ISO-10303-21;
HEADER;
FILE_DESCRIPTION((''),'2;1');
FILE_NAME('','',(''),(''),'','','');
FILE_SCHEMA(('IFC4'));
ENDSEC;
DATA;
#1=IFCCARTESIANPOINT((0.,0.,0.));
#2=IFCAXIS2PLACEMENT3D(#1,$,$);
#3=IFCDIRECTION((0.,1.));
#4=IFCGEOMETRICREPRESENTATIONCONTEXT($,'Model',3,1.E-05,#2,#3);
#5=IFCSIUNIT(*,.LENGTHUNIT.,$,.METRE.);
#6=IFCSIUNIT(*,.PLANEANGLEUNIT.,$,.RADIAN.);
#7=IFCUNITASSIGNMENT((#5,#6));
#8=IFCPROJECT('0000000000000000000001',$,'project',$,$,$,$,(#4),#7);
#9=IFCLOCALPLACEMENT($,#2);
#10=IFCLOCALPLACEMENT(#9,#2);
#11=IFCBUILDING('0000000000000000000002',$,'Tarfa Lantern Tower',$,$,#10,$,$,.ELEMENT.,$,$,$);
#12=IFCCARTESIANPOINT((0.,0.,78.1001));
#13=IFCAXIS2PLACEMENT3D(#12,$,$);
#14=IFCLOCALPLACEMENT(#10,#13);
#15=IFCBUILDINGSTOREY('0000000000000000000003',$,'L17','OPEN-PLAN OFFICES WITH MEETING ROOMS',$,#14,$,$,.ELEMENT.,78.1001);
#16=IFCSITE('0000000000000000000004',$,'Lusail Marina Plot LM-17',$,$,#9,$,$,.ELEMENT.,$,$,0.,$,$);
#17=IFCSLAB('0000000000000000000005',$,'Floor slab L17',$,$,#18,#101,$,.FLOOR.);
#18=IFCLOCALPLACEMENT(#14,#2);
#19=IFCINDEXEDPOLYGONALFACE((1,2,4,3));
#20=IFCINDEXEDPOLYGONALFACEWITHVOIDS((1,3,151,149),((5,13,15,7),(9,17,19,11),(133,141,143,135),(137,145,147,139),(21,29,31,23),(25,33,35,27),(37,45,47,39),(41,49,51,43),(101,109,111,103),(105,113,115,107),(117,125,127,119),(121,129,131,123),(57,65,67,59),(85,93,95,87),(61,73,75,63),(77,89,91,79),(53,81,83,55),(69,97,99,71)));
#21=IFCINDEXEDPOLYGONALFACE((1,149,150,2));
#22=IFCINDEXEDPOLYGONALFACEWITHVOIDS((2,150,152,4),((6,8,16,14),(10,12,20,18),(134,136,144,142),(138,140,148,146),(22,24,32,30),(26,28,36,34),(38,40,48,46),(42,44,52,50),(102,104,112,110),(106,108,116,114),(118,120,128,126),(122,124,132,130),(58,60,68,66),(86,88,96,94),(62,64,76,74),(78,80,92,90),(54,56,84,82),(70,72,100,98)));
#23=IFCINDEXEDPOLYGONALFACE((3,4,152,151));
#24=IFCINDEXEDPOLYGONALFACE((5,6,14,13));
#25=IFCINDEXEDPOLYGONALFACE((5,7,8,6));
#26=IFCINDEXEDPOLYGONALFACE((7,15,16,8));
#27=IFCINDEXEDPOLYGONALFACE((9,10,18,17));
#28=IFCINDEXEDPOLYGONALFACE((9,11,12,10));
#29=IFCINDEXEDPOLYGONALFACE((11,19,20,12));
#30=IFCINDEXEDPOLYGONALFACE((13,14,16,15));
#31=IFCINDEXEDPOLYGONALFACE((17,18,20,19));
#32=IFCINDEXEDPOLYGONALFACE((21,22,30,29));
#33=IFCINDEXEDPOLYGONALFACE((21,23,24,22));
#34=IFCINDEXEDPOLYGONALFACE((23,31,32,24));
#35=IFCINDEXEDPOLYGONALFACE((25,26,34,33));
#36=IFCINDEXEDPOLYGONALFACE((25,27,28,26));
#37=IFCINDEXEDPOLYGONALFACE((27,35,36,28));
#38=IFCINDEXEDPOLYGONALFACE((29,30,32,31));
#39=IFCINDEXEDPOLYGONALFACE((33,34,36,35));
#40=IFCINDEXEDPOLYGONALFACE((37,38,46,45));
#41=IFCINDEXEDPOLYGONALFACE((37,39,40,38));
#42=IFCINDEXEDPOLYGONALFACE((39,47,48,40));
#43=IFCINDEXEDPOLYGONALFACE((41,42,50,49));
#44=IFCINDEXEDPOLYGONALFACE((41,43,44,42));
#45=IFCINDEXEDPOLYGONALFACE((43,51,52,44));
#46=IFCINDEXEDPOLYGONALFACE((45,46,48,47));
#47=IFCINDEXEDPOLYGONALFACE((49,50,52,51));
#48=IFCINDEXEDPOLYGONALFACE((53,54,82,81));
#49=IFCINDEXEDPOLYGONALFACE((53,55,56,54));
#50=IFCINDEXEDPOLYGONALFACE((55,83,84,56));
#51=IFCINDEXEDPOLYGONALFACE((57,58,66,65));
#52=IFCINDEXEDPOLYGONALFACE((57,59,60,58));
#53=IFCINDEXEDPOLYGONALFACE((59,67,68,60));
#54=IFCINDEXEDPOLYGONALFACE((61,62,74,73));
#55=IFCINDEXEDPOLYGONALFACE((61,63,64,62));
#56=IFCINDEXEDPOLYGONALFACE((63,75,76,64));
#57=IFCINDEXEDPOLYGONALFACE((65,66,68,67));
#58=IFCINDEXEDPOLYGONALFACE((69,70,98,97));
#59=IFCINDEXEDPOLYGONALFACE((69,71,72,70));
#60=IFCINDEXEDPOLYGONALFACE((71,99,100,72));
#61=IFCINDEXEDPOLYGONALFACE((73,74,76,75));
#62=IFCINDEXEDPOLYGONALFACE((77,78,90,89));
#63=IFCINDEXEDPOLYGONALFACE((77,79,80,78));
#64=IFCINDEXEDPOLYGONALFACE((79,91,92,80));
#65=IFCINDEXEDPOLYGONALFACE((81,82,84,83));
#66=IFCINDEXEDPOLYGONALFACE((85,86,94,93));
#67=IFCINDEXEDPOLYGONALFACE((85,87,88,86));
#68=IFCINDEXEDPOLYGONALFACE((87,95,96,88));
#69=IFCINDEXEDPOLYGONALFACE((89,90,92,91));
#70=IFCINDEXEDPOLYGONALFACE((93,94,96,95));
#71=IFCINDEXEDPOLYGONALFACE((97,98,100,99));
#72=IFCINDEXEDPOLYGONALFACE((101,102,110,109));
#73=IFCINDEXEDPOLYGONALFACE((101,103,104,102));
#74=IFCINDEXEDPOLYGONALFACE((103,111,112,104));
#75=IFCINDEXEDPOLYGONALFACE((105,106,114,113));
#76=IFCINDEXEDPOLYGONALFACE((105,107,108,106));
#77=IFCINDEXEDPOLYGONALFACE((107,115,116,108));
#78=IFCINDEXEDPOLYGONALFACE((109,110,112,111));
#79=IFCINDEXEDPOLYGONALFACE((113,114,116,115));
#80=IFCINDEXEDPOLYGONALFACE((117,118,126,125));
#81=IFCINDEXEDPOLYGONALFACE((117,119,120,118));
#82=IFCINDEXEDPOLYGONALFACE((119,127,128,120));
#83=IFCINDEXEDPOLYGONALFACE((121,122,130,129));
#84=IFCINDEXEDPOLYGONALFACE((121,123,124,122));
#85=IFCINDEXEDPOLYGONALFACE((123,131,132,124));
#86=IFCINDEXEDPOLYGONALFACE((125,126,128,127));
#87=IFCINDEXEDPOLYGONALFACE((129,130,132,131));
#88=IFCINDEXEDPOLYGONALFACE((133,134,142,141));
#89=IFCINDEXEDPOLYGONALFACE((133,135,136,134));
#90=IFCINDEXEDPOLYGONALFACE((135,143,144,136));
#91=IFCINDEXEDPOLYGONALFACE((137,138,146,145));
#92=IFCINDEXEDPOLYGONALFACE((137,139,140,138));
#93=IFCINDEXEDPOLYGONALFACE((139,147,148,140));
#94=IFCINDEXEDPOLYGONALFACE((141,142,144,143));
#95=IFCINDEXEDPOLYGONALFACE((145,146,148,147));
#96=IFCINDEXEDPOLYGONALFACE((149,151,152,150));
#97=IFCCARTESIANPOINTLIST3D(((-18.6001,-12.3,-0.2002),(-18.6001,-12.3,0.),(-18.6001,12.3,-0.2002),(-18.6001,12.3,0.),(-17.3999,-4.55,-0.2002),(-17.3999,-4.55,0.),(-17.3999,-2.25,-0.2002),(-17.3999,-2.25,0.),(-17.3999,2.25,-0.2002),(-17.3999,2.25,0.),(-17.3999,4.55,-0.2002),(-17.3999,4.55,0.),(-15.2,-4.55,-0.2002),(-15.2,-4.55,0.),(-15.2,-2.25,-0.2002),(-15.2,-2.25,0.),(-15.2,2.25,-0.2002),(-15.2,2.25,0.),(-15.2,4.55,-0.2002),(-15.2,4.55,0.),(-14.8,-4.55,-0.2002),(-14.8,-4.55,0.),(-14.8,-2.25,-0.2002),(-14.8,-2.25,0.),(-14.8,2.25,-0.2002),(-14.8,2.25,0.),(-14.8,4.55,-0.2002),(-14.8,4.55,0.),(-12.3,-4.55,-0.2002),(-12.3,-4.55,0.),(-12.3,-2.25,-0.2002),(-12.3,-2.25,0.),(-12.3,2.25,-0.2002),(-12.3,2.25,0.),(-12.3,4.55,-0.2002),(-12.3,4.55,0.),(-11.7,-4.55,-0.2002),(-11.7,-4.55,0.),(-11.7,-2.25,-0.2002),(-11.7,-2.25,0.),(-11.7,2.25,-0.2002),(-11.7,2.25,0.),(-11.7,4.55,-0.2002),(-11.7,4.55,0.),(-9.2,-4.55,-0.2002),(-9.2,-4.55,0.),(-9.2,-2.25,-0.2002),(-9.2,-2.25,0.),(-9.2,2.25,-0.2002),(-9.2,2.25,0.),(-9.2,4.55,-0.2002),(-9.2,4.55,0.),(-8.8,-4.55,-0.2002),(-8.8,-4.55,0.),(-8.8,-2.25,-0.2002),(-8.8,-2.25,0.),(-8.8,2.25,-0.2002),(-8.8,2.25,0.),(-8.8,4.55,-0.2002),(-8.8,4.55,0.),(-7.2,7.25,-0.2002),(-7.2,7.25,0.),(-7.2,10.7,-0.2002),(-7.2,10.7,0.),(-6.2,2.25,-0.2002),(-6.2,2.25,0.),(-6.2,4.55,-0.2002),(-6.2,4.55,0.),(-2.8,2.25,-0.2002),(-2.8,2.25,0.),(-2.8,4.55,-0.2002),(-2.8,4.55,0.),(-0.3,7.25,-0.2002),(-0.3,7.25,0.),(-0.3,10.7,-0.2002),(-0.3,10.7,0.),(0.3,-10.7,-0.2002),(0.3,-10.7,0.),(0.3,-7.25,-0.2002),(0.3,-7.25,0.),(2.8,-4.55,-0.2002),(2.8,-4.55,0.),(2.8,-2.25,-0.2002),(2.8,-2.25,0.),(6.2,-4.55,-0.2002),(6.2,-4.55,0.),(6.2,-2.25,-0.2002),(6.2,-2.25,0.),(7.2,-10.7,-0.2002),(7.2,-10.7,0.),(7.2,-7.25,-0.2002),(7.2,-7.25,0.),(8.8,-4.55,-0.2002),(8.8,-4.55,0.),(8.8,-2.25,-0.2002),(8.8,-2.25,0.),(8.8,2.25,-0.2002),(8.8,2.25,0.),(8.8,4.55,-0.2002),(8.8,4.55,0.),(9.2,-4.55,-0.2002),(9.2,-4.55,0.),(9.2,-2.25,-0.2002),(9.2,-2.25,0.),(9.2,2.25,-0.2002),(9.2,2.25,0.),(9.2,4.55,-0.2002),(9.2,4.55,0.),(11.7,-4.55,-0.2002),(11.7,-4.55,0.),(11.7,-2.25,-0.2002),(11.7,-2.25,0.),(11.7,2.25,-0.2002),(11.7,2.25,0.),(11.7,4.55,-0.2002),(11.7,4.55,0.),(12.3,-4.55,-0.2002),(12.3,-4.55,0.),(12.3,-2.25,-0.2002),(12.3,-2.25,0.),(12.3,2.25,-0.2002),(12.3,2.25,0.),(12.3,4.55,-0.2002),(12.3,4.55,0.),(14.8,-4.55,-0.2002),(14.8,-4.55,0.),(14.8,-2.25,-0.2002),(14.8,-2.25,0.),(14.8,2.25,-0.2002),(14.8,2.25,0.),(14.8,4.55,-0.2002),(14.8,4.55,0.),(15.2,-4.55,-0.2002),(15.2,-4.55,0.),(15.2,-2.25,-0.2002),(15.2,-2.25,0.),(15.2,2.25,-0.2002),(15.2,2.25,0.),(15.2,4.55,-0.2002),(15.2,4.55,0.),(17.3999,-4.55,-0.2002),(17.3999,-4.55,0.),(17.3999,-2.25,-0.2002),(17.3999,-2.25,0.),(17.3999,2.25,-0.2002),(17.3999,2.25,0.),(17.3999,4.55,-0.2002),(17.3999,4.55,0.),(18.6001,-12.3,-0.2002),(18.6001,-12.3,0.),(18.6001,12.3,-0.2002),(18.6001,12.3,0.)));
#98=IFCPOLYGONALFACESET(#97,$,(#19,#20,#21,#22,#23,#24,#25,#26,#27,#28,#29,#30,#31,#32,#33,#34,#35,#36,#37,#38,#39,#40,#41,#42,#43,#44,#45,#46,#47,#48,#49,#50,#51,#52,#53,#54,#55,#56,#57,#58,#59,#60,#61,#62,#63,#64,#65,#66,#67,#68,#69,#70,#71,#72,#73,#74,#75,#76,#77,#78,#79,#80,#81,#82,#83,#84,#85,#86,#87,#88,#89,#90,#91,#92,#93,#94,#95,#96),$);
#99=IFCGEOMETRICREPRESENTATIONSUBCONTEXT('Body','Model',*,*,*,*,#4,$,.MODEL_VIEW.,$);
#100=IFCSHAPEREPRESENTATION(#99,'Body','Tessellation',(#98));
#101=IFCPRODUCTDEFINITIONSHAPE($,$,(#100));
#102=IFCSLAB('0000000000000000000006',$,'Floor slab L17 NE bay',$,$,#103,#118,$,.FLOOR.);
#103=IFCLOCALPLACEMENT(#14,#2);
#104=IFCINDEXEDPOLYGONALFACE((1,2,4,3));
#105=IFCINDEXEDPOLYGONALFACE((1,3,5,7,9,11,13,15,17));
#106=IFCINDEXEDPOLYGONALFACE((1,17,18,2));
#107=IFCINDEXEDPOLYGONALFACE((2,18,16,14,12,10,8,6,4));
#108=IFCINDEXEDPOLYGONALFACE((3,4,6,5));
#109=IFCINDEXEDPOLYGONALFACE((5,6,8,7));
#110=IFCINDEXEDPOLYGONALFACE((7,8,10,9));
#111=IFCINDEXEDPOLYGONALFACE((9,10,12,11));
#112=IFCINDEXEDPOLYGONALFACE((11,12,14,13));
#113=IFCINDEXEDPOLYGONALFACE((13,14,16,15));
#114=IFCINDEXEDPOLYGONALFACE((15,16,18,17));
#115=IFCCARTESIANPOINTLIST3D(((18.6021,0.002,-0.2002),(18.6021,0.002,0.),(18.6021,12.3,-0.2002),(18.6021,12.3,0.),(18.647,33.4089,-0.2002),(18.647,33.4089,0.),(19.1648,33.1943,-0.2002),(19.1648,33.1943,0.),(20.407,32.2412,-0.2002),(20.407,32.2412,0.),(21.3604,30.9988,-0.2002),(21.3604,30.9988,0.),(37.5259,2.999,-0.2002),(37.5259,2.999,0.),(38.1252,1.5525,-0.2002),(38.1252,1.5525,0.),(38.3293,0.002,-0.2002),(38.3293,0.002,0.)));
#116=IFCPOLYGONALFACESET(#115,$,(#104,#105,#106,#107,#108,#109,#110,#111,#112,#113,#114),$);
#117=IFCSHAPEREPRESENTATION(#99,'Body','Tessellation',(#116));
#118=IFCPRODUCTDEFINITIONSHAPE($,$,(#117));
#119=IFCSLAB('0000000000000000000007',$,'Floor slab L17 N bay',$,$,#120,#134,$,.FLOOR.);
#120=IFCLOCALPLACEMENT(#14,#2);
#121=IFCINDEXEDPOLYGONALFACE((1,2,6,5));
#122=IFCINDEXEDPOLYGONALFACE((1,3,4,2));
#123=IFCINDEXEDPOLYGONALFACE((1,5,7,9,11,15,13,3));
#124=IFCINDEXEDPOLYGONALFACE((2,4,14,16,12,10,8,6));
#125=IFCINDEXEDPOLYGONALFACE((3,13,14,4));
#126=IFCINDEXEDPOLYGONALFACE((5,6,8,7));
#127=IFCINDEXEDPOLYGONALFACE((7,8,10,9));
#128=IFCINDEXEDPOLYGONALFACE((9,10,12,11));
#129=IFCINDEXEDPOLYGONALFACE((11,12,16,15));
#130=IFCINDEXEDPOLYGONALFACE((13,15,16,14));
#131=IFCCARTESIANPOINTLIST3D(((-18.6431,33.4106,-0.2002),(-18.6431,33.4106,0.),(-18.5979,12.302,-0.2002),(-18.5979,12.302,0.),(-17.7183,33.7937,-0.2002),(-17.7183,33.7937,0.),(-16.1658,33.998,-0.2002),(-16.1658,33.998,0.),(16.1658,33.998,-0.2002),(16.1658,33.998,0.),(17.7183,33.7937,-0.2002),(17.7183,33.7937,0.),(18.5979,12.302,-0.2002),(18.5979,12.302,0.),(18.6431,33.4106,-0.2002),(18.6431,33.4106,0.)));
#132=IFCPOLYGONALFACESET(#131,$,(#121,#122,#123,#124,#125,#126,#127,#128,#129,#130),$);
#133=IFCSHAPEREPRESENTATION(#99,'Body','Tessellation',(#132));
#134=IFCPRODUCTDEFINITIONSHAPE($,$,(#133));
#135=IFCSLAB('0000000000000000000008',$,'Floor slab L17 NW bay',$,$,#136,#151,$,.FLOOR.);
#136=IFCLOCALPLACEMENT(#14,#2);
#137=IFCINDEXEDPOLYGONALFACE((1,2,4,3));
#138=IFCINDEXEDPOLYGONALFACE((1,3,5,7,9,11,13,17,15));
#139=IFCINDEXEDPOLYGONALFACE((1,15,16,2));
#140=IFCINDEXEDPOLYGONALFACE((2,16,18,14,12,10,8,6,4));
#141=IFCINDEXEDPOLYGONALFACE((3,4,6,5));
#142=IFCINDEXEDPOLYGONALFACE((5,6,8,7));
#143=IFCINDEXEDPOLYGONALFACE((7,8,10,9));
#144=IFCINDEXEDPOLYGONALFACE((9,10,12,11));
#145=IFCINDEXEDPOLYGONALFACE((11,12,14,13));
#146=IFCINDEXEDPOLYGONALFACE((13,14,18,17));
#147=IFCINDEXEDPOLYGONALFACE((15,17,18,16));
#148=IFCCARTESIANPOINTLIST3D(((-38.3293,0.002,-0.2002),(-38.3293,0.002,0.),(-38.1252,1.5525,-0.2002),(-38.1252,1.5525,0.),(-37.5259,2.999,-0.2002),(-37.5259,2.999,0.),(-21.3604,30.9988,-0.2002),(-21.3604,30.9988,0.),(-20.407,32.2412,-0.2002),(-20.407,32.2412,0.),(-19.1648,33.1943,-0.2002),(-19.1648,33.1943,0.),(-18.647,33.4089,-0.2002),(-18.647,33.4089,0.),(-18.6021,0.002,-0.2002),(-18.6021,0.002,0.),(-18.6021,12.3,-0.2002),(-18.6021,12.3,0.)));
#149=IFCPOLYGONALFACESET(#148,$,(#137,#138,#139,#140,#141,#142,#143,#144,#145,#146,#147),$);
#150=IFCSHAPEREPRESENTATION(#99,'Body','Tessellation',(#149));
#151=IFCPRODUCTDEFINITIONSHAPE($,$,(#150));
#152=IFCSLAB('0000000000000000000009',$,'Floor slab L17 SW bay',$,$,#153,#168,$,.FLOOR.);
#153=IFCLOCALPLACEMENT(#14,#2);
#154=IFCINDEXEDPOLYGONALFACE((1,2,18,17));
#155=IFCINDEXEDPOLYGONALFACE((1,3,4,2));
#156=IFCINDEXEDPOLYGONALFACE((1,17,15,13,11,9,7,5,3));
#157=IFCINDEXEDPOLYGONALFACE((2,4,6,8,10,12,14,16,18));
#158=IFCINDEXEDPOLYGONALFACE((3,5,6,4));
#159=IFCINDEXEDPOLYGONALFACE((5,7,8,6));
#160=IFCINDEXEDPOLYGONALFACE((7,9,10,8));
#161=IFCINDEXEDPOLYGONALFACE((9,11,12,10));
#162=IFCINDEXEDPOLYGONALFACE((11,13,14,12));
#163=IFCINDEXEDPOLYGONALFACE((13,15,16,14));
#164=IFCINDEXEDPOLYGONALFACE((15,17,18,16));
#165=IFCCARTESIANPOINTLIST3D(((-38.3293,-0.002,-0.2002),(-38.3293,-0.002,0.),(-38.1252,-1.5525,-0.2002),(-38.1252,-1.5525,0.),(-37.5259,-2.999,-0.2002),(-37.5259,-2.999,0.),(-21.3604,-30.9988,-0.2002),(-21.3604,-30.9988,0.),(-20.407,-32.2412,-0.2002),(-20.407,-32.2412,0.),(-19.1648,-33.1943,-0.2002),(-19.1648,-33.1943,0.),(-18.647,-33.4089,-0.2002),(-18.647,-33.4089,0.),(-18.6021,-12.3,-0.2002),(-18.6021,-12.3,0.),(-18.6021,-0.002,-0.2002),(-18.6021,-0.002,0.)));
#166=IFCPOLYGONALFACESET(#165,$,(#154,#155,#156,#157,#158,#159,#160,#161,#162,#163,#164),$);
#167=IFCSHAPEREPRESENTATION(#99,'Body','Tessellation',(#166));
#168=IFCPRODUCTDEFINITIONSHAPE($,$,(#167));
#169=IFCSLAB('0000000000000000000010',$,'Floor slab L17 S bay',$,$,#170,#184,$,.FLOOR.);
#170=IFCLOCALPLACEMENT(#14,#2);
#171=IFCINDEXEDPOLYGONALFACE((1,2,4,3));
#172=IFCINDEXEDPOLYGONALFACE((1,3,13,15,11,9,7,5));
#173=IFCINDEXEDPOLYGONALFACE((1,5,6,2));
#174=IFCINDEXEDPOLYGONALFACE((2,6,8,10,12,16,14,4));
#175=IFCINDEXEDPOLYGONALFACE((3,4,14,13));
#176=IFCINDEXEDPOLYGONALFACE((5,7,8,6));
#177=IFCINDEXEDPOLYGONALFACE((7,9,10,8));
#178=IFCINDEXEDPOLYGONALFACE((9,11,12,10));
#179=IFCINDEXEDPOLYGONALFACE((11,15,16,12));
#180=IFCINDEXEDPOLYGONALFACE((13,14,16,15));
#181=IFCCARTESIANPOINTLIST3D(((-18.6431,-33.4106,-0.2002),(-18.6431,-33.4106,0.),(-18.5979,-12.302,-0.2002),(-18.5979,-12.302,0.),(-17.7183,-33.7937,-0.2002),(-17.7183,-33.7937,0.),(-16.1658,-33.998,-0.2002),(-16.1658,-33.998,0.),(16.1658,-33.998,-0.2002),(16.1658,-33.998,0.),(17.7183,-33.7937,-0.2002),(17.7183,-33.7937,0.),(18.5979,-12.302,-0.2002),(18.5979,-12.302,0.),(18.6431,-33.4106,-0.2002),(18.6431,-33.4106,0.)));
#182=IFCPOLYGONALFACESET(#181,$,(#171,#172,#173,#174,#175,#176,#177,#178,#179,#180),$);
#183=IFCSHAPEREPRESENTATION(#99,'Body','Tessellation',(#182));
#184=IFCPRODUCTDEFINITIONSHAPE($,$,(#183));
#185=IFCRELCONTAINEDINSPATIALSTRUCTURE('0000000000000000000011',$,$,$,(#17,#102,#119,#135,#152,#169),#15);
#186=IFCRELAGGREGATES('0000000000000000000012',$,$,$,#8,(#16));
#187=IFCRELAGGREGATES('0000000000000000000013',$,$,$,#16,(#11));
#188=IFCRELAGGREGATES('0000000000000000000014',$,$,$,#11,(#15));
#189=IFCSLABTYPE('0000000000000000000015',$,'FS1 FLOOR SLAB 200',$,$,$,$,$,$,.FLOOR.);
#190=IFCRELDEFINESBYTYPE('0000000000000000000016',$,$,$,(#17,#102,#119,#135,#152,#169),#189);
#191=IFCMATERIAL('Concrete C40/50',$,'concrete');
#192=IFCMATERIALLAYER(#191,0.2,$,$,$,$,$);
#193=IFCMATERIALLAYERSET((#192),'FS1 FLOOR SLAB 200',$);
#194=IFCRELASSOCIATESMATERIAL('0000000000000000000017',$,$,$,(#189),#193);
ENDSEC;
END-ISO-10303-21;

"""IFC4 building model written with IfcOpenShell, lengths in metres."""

from ifc_helpers import new_model, si_unit, direction, frame, origin, place, context, subcontext, project, spatial, polyline, outline, extrude, material, layer, layer_set, type_object, element, save


model = new_model("IFC4")

# Units and contexts
model_context = context("Model", 3, precision=1e-05, world=origin(), true_north=direction((0.0, 1.0)))
body_context = subcontext(model_context, "Body", "Model", "MODEL_VIEW")
ifc_project = project(units=[si_unit("LENGTHUNIT", "METRE"), si_unit("PLANEANGLEUNIT", "RADIAN")], contexts=[model_context])

# Site, building, storey
site_placement = place(None, origin())
site = spatial("IfcSite", under=ifc_project, at=site_placement, Name="Lusail Marina Plot LM-17", CompositionType="ELEMENT", RefElevation=0.0)
building_placement = place(site_placement, origin())
building = spatial("IfcBuilding", under=site, at=building_placement, Name="Tarfa Lantern Tower", CompositionType="ELEMENT")
storey_placement = place(building_placement, frame((0.0, 0.0, 78.1001)))
storey = spatial("IfcBuildingStorey", under=building, at=storey_placement, Name="L17", Description="OPEN-PLAN OFFICES WITH MEETING ROOMS", CompositionType="ELEMENT", Elevation=78.1001)

# Slabs
ifc_material_1 = material(Name="Concrete C40/50", Category="concrete")
ifc_layer_1 = layer(ifc_material_1, 0.2)
ifc_layer_set_1 = layer_set([ifc_layer_1], Name="FS1 FLOOR SLAB 200")
slab_type_1 = type_object("IfcSlabType", Name="FS1 FLOOR SLAB 200", PredefinedType="FLOOR", material=ifc_layer_set_1)
slab_1_placement = place(storey_placement, frame((0.0, 0.0, -0.2002)))
element("IfcSlab", 1, at=slab_1_placement, inside=storey, type_object=slab_type_1, Name="Floor slab L17", PredefinedType="FLOOR", context=body_context, shape_type="SweptSolid", body=[
    extrude(outline(polyline([(-18.6001, -12.3), (18.6001, -12.3), (18.6001, 12.3), (-18.6001, 12.3), (-18.6001, -12.3)]), holes=[polyline([(-17.3999, 2.25), (-15.2, 2.25), (-15.2, 4.55), (-17.3999, 4.55), (-17.3999, 2.25)]), polyline([(-14.8, 2.25), (-12.3, 2.25), (-12.3, 4.55), (-14.8, 4.55), (-14.8, 2.25)]), polyline([(-11.7, 2.25), (-9.2, 2.25), (-9.2, 4.55), (-11.7, 4.55), (-11.7, 2.25)]), polyline([(-8.8, 2.25), (-6.2, 2.25), (-6.2, 4.55), (-8.8, 4.55), (-8.8, 2.25)]), polyline([(-2.8, 2.25), (8.8, 2.25), (8.8, 4.55), (-2.8, 4.55), (-2.8, 2.25)]), polyline([(9.2, 2.25), (11.7, 2.25), (11.7, 4.55), (9.2, 4.55), (9.2, 2.25)]), polyline([(12.3, 2.25), (14.8, 2.25), (14.8, 4.55), (12.3, 4.55), (12.3, 2.25)]), polyline([(15.2, 2.25), (17.3999, 2.25), (17.3999, 4.55), (15.2, 4.55), (15.2, 2.25)]), polyline([(17.3999, -2.25), (15.2, -2.25), (15.2, -4.55), (17.3999, -4.55), (17.3999, -2.25)]), polyline([(14.8, -2.25), (12.3, -2.25), (12.3, -4.55), (14.8, -4.55), (14.8, -2.25)]), polyline([(11.7, -2.25), (9.2, -2.25), (9.2, -4.55), (11.7, -4.55), (11.7, -2.25)]), polyline([(8.8, -2.25), (6.2, -2.25), (6.2, -4.55), (8.8, -4.55), (8.8, -2.25)]), polyline([(2.8, -2.25), (-8.8, -2.25), (-8.8, -4.55), (2.8, -4.55), (2.8, -2.25)]), polyline([(-9.2, -2.25), (-11.7, -2.25), (-11.7, -4.55), (-9.2, -4.55), (-9.2, -2.25)]), polyline([(-12.3, -2.25), (-14.8, -2.25), (-14.8, -4.55), (-12.3, -4.55), (-12.3, -2.25)]), polyline([(-15.2, -2.25), (-17.3999, -2.25), (-17.3999, -4.55), (-15.2, -4.55), (-15.2, -2.25)]), polyline([(-7.2, 7.25), (-0.3, 7.25), (-0.3, 10.7), (-7.2, 10.7), (-7.2, 7.25)]), polyline([(7.2, -7.25), (0.3, -7.25), (0.3, -10.7), (7.2, -10.7), (7.2, -7.25)])]), origin(), (0.0, 0.0, 1.0), 0.2002),
])
slab_2_placement = place(storey_placement, frame((0.0, 0.0, -0.2002)))
element("IfcSlab", 2, at=slab_2_placement, inside=storey, type_object=slab_type_1, Name="Floor slab L17 NE bay", PredefinedType="FLOOR", context=body_context, shape_type="SweptSolid", body=[
    extrude(outline(polyline([(37.5259, 2.999), (21.3604, 30.9988), (20.407, 32.2412), (19.1648, 33.1943), (18.647, 33.4089), (18.6021, 12.3), (18.6021, 0.002), (38.3293, 0.002), (38.1252, 1.5525), (37.5259, 2.999)])), origin(), (0.0, 0.0, 1.0), 0.2002),
])
slab_3_placement = place(storey_placement, frame((0.0, 0.0, -0.2002)))
element("IfcSlab", 3, at=slab_3_placement, inside=storey, type_object=slab_type_1, Name="Floor slab L17 N bay", PredefinedType="FLOOR", context=body_context, shape_type="SweptSolid", body=[
    extrude(outline(polyline([(-18.5979, 12.302), (18.5979, 12.302), (18.6431, 33.4106), (17.7183, 33.7937), (16.1658, 33.998), (-16.1658, 33.998), (-17.7183, 33.7937), (-18.6431, 33.4106), (-18.5979, 12.302)])), origin(), (0.0, 0.0, 1.0), 0.2002),
])
slab_4_placement = place(storey_placement, frame((0.0, 0.0, -0.2002)))
element("IfcSlab", 4, at=slab_4_placement, inside=storey, type_object=slab_type_1, Name="Floor slab L17 NW bay", PredefinedType="FLOOR", context=body_context, shape_type="SweptSolid", body=[
    extrude(outline(polyline([(-18.6021, 0.002), (-18.6021, 12.3), (-18.647, 33.4089), (-19.1648, 33.1943), (-20.407, 32.2412), (-21.3604, 30.9988), (-37.5259, 2.999), (-38.1252, 1.5525), (-38.3293, 0.002), (-18.6021, 0.002)])), origin(), (0.0, 0.0, 1.0), 0.2002),
])
slab_5_placement = place(storey_placement, frame((0.0, 0.0, -0.2002)))
element("IfcSlab", 5, at=slab_5_placement, inside=storey, type_object=slab_type_1, Name="Floor slab L17 SW bay", PredefinedType="FLOOR", context=body_context, shape_type="SweptSolid", body=[
    extrude(outline(polyline([(-18.6021, -12.3), (-18.6021, -0.002), (-38.3293, -0.002), (-38.1252, -1.5525), (-37.5259, -2.999), (-21.3604, -30.9988), (-20.407, -32.2412), (-19.1648, -33.1943), (-18.647, -33.4089), (-18.6021, -12.3)])), origin(), (0.0, 0.0, 1.0), 0.2002),
])
slab_6_placement = place(storey_placement, frame((0.0, 0.0, -0.2002)))
element("IfcSlab", 6, at=slab_6_placement, inside=storey, type_object=slab_type_1, Name="Floor slab L17 S bay", PredefinedType="FLOOR", context=body_context, shape_type="SweptSolid", body=[
    extrude(outline(polyline([(18.5979, -12.302), (-18.5979, -12.302), (-18.6431, -33.4106), (-17.7183, -33.7937), (-16.1658, -33.998), (16.1658, -33.998), (17.7183, -33.7937), (18.6431, -33.4106), (18.5979, -12.302)])), origin(), (0.0, 0.0, 1.0), 0.2002),
])

save(model, "model.ifc")
